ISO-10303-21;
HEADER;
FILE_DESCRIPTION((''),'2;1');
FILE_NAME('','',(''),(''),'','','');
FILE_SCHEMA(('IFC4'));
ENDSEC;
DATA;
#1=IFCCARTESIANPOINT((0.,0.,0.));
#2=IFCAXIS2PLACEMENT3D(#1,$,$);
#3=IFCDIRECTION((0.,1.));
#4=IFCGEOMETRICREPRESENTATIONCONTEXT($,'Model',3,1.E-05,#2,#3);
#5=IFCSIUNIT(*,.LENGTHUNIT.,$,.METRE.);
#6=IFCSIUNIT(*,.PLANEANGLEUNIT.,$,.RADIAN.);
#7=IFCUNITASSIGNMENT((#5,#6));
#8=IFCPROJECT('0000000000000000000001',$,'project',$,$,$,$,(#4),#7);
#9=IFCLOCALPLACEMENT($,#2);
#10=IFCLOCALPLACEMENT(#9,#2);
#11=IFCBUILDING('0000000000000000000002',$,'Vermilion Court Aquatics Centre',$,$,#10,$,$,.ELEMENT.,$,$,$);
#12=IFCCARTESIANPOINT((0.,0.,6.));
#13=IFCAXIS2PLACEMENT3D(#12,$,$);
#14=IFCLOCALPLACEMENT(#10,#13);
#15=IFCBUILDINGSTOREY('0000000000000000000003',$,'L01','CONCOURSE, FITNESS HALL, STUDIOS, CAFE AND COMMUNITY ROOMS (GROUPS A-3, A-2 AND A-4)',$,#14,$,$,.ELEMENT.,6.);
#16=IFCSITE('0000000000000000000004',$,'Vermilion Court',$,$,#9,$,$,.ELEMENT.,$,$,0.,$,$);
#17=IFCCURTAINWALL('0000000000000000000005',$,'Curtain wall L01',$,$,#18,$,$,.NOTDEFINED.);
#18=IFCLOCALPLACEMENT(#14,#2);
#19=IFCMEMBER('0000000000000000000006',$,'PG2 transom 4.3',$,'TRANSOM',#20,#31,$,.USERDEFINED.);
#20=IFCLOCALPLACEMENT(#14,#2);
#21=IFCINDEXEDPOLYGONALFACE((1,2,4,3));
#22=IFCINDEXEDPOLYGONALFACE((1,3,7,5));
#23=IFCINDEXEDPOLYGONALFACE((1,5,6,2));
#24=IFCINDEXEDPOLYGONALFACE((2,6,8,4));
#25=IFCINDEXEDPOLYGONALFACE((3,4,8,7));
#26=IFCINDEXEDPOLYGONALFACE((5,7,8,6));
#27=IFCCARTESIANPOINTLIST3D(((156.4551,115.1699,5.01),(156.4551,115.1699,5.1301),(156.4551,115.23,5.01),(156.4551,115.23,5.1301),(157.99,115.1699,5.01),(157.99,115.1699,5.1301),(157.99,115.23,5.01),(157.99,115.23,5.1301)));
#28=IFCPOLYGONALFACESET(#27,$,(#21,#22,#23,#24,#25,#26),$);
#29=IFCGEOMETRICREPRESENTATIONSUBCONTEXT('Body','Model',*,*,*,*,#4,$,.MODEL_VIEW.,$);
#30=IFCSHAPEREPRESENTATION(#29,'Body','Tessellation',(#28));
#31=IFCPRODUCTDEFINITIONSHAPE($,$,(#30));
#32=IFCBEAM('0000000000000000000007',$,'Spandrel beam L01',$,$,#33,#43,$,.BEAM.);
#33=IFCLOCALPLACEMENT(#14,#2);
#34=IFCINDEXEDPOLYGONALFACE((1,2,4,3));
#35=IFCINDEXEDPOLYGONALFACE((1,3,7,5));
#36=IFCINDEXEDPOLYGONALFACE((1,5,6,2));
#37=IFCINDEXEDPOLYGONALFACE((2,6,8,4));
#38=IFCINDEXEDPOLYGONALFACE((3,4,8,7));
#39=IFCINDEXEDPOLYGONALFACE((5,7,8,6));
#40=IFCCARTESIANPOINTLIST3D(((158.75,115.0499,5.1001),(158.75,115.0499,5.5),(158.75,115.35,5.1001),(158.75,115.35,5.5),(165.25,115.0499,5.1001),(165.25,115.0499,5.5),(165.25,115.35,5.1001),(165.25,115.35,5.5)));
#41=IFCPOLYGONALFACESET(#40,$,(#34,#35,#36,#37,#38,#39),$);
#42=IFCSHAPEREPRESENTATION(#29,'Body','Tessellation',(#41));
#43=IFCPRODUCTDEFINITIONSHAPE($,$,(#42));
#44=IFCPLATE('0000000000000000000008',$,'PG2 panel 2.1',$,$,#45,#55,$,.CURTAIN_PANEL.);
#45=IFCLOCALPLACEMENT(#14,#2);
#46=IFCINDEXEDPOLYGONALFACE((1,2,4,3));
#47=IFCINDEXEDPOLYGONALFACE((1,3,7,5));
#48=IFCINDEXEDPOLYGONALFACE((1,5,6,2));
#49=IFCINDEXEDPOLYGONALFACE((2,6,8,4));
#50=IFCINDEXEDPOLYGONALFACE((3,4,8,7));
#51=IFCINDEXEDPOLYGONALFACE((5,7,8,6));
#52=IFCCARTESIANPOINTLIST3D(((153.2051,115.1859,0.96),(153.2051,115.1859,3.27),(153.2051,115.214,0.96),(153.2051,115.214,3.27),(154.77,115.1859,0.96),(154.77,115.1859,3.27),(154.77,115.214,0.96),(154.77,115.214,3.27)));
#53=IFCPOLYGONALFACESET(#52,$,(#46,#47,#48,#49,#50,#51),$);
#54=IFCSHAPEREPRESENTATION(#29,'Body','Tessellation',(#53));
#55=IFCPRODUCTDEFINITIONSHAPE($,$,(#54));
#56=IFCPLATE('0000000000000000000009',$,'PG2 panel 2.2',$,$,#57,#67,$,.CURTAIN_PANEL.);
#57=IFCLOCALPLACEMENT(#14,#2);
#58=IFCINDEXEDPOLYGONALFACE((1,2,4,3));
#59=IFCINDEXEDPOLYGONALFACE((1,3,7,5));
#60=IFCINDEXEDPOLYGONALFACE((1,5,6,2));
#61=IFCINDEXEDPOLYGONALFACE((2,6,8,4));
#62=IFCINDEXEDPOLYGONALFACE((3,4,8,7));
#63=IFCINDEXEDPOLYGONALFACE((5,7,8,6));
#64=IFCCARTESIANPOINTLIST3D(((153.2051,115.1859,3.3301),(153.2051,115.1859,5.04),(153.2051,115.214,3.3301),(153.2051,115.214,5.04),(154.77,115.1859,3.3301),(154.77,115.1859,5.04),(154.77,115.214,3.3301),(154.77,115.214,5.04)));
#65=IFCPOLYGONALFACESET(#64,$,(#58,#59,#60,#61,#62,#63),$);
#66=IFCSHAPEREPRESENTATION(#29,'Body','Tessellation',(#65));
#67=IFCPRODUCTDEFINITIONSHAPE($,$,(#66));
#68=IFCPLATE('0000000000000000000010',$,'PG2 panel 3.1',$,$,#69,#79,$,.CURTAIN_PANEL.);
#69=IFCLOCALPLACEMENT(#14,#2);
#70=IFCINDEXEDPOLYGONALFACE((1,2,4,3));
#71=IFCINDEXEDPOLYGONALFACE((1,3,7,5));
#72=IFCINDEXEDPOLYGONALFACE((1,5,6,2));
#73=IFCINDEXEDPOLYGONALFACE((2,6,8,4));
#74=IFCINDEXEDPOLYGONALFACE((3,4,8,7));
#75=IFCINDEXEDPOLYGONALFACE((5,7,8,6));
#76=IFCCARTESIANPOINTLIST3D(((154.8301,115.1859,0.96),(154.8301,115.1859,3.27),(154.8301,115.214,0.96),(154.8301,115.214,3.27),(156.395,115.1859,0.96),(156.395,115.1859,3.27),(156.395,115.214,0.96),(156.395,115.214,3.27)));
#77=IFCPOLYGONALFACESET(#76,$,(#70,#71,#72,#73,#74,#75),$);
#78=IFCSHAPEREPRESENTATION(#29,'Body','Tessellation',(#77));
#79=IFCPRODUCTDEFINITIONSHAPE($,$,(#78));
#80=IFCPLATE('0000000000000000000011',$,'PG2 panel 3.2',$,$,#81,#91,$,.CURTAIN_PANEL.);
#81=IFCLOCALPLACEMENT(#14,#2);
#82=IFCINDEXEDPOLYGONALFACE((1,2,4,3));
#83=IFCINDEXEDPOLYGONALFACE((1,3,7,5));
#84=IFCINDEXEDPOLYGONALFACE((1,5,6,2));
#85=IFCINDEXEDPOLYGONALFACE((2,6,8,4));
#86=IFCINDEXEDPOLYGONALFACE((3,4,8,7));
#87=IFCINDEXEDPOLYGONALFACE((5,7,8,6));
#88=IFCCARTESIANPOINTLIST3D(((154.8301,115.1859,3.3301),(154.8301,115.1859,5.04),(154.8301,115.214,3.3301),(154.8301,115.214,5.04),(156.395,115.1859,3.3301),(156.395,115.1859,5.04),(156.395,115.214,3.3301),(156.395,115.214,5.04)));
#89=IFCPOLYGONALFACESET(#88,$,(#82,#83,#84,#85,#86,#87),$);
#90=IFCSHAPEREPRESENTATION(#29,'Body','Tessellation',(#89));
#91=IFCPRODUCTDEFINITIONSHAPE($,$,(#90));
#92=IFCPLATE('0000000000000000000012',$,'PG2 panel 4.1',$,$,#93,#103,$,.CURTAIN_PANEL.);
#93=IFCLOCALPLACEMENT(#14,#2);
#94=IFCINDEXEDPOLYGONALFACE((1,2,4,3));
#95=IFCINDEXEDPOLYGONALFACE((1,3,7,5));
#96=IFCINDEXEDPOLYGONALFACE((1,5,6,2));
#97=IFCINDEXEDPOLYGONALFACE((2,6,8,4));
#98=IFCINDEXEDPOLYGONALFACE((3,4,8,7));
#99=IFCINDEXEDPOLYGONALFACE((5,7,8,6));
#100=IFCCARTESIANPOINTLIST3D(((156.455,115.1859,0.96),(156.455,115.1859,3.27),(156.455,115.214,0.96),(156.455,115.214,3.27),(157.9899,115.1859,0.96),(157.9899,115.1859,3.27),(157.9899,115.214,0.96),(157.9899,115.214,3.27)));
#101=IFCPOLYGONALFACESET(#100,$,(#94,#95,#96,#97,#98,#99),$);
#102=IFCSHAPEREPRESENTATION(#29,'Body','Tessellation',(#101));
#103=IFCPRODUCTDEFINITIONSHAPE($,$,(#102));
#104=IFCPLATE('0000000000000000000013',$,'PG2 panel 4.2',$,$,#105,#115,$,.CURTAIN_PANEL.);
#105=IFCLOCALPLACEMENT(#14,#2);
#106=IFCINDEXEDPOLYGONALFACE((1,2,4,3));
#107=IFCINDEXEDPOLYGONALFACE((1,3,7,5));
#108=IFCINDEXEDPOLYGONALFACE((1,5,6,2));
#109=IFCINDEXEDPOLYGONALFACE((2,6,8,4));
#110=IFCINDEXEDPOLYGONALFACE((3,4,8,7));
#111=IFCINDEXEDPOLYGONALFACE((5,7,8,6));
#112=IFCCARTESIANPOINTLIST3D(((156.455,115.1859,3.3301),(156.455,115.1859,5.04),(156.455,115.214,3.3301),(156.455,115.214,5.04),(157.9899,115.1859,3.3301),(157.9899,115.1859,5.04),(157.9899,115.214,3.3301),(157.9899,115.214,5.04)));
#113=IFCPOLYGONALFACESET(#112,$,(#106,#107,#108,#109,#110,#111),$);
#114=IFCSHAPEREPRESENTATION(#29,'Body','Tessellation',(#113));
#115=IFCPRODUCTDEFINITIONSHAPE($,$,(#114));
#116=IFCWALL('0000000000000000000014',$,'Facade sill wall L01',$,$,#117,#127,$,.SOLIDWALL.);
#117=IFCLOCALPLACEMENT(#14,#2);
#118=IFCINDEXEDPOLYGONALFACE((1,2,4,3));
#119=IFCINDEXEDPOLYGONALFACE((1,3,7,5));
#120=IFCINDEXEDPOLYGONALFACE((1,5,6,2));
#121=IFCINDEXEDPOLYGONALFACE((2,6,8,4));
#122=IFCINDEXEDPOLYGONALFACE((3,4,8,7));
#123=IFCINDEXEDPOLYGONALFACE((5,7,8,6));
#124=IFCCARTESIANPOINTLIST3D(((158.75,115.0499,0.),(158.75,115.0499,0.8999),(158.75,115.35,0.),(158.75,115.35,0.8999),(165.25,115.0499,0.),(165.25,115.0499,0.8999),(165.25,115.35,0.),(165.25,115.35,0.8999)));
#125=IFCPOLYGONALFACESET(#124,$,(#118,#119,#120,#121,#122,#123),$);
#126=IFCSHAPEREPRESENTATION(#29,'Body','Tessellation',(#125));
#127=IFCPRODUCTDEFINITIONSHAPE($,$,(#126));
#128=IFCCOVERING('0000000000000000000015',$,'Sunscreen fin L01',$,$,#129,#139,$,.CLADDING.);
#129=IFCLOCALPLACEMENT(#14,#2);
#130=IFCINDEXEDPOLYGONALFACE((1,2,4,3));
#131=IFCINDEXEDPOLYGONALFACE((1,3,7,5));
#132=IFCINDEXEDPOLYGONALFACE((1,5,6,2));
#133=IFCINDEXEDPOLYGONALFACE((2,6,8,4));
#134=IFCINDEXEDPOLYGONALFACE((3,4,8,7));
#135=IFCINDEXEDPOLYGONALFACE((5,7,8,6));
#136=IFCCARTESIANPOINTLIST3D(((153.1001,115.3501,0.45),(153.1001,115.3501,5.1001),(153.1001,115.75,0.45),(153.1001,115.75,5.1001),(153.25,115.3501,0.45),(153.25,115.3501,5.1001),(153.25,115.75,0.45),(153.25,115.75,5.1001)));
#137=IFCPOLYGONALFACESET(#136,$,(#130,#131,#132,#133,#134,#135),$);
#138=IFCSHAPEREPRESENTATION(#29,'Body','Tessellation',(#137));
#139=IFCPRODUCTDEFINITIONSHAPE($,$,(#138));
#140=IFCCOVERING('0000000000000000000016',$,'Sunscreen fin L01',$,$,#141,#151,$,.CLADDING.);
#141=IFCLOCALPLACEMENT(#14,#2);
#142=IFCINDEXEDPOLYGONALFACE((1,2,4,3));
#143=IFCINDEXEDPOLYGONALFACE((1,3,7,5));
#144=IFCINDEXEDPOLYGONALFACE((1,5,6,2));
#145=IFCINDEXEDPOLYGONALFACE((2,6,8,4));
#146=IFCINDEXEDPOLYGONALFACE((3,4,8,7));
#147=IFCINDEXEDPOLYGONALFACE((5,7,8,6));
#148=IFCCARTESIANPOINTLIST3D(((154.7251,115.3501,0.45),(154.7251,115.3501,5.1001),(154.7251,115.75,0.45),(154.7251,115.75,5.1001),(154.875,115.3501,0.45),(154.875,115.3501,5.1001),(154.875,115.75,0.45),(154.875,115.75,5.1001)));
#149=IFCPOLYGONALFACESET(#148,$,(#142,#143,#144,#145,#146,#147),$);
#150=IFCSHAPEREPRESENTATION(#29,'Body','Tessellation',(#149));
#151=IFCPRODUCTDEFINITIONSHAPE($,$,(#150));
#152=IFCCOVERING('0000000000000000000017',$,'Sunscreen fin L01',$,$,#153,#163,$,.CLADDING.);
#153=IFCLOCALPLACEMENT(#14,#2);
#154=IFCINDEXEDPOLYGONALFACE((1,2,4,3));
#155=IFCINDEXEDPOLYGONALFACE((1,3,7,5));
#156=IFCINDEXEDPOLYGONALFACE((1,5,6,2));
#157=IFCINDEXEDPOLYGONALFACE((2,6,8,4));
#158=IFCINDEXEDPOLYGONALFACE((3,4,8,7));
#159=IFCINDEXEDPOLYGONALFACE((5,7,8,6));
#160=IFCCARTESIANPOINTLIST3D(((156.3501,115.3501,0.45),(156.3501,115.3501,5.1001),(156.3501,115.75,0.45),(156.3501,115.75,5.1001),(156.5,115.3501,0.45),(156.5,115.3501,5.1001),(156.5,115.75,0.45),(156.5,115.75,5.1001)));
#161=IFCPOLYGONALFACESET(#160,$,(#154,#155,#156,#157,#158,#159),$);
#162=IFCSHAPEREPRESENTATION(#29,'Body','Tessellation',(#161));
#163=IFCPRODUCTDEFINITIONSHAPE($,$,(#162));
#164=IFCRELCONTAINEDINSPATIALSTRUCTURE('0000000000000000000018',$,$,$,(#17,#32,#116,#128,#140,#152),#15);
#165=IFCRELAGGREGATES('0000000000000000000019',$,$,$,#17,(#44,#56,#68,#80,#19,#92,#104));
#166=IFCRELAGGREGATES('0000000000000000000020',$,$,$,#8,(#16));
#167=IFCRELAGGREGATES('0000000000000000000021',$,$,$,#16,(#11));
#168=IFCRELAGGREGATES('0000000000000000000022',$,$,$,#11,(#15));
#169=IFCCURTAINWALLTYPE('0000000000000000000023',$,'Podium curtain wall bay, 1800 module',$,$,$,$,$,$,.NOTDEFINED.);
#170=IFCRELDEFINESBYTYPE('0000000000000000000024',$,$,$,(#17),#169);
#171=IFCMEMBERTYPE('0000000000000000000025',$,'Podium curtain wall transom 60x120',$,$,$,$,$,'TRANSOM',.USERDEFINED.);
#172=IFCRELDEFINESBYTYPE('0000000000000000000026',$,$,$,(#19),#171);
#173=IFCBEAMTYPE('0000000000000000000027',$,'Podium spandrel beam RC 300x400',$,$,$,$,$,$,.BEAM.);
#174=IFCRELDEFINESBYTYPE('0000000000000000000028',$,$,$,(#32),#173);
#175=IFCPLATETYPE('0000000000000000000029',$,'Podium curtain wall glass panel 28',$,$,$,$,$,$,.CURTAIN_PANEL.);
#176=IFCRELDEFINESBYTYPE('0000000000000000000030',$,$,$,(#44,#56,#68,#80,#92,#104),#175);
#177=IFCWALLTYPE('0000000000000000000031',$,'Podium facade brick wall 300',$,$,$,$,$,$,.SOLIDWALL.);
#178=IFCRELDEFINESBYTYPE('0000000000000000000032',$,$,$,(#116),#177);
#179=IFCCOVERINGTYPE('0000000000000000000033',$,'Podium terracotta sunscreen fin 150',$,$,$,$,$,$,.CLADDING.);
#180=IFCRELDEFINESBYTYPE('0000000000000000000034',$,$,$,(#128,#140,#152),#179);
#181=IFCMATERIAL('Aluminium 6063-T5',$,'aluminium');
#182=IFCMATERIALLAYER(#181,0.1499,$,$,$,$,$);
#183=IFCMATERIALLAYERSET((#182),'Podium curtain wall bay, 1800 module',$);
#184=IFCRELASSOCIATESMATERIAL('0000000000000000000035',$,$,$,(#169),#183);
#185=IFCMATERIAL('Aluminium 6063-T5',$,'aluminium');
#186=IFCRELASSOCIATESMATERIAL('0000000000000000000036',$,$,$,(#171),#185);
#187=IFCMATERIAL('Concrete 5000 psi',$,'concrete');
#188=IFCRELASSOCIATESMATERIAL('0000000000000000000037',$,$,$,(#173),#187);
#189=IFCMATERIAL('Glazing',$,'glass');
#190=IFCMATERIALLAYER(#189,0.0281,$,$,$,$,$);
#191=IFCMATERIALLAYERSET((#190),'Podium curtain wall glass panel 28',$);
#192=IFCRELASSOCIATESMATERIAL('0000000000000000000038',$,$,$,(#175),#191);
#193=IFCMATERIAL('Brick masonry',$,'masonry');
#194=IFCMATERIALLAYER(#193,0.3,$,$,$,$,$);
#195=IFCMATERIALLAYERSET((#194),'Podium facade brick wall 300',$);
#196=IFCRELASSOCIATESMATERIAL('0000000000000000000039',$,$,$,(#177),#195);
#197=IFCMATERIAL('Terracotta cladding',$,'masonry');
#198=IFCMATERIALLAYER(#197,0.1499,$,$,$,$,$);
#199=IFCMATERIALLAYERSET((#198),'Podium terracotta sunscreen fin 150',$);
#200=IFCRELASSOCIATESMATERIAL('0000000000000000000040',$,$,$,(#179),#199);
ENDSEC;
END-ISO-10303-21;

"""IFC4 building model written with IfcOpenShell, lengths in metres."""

from ifc_helpers import new_model, si_unit, direction, frame, frame_2d, origin, origin_2d, place, context, subcontext, project, spatial, rectangle, extrude, material, layer, layer_set, material_profile, profile_set, type_object, element, aggregate, save


model = new_model("IFC4")

# Units and contexts
model_context = context("Model", 3, precision=1e-05, world=origin(), true_north=direction((0.0, 1.0)))
body_context = subcontext(model_context, "Body", "Model", "MODEL_VIEW")
ifc_project = project(units=[si_unit("LENGTHUNIT", "METRE"), si_unit("PLANEANGLEUNIT", "RADIAN")], contexts=[model_context])

# Site, building, storey
site_placement = place(None, origin())
site = spatial("IfcSite", under=ifc_project, at=site_placement, Name="Vermilion Court", CompositionType="ELEMENT", RefElevation=0.0)
building_placement = place(site_placement, origin())
building = spatial("IfcBuilding", under=site, at=building_placement, Name="Vermilion Court Aquatics Centre", CompositionType="ELEMENT")
storey_placement = place(building_placement, frame((0.0, 0.0, 6.0)))
storey = spatial("IfcBuildingStorey", under=building, at=storey_placement, Name="L01", Description="CONCOURSE, FITNESS HALL, STUDIOS, CAFE AND COMMUNITY ROOMS (GROUPS A-3, A-2 AND A-4)", CompositionType="ELEMENT", Elevation=6.0)

# Curtain wall
ifc_material_1 = material(Name="Aluminium 6063-T5", Category="aluminium")
ifc_layer_1 = layer(ifc_material_1, 0.1499)
ifc_layer_set_1 = layer_set([ifc_layer_1], Name="Podium curtain wall bay, 1800 module")
curtain_wall_type = type_object("IfcCurtainWallType", Name="Podium curtain wall bay, 1800 module", PredefinedType="NOTDEFINED", material=ifc_layer_set_1)
curtain_wall_1_placement = place(storey_placement, origin())
curtain_wall_1 = element("IfcCurtainWall", 1, at=curtain_wall_1_placement, inside=storey, type_object=curtain_wall_type, Name="Curtain wall L01", PredefinedType="NOTDEFINED")

# Member
ifc_material_2 = material(Name="Aluminium 6063-T5", Category="aluminium")
ifc_material_profile_1 = material_profile(ifc_material_2, rectangle(XDim=0.0601, YDim=0.1201, at=origin_2d()), Name="Transom 60x120")
ifc_profile_set_1 = profile_set([ifc_material_profile_1], Name="Aluminium 6063-T5")
member_type_1 = type_object("IfcMemberType", Name="Podium curtain wall transom 60x120", ElementType="TRANSOM", PredefinedType="USERDEFINED", material=ifc_profile_set_1)
member_1_placement = place(storey_placement, frame((156.4551, 115.2, 5.0701), z_axis=(1.0, 0.0, 0.0), x_axis=(0.0, 1.0, 0.0)))
member_1 = element("IfcMember", 2, at=member_1_placement, type_object=member_type_1, Name="PG2 transom 4.3", ObjectType="TRANSOM", PredefinedType="USERDEFINED", context=body_context, shape_type="SweptSolid", body=[
    extrude(rectangle(XDim=0.0601, YDim=0.1201, at=origin_2d()), origin(), (0.0, 0.0, 1.0), 1.5349),
])

# Beam
ifc_material_3 = material(Name="Concrete 5000 psi", Category="concrete")
ifc_material_profile_2 = material_profile(ifc_material_3, rectangle(XDim=0.3, YDim=0.3999, at=origin_2d()), Name="RC 300x400")
ifc_profile_set_2 = profile_set([ifc_material_profile_2], Name="Concrete 5000 psi")
beam_type = type_object("IfcBeamType", Name="Podium spandrel beam RC 300x400", PredefinedType="BEAM", material=ifc_profile_set_2)
beam_placement = place(storey_placement, frame((158.75, 115.2, 5.3), z_axis=(1.0, 0.0, 0.0), x_axis=(0.0, 1.0, 0.0)))
element("IfcBeam", 3, at=beam_placement, inside=storey, type_object=beam_type, Name="Spandrel beam L01", PredefinedType="BEAM", context=body_context, shape_type="SweptSolid", body=[
    extrude(rectangle(XDim=0.3, YDim=0.3999, at=origin_2d()), origin(), (0.0, 0.0, 1.0), 6.5),
])

# Plates
ifc_material_4 = material(Name="Glazing", Category="glass")
ifc_layer_2 = layer(ifc_material_4, 0.0281)
ifc_layer_set_2 = layer_set([ifc_layer_2], Name="Podium curtain wall glass panel 28")
plate_type = type_object("IfcPlateType", Name="Podium curtain wall glass panel 28", PredefinedType="CURTAIN_PANEL", material=ifc_layer_set_2)
plate_1_placement = place(storey_placement, frame((153.9875, 115.2, 0.96), z_axis=(0.0, 0.0, 1.0), x_axis=(1.0, 0.0, 0.0)))
plate_1 = element("IfcPlate", 4, at=plate_1_placement, type_object=plate_type, Name="PG2 panel 2.1", PredefinedType="CURTAIN_PANEL", context=body_context, shape_type="SweptSolid", body=[
    extrude(rectangle(XDim=1.5649, YDim=0.0281, at=origin_2d()), origin(), (0.0, 0.0, 1.0), 2.3101),
])
plate_2_placement = place(storey_placement, frame((153.9875, 115.2, 3.3301), z_axis=(0.0, 0.0, 1.0), x_axis=(1.0, 0.0, 0.0)))
plate_2 = element("IfcPlate", 5, at=plate_2_placement, type_object=plate_type, Name="PG2 panel 2.2", PredefinedType="CURTAIN_PANEL", context=body_context, shape_type="SweptSolid", body=[
    extrude(rectangle(XDim=1.5649, YDim=0.0281, at=origin_2d()), origin(), (0.0, 0.0, 1.0), 1.71),
])
plate_3_placement = place(storey_placement, frame((155.6125, 115.2, 0.96), z_axis=(0.0, 0.0, 1.0), x_axis=(1.0, 0.0, 0.0)))
plate_3 = element("IfcPlate", 6, at=plate_3_placement, type_object=plate_type, Name="PG2 panel 3.1", PredefinedType="CURTAIN_PANEL", context=body_context, shape_type="SweptSolid", body=[
    extrude(rectangle(XDim=1.5649, YDim=0.0281, at=origin_2d()), origin(), (0.0, 0.0, 1.0), 2.3101),
])
plate_4_placement = place(storey_placement, frame((155.6125, 115.2, 3.3301), z_axis=(0.0, 0.0, 1.0), x_axis=(1.0, 0.0, 0.0)))
plate_4 = element("IfcPlate", 7, at=plate_4_placement, type_object=plate_type, Name="PG2 panel 3.2", PredefinedType="CURTAIN_PANEL", context=body_context, shape_type="SweptSolid", body=[
    extrude(rectangle(XDim=1.5649, YDim=0.0281, at=origin_2d()), origin(), (0.0, 0.0, 1.0), 1.71),
])
plate_5_placement = place(storey_placement, frame((157.2224, 115.2, 0.96), z_axis=(0.0, 0.0, 1.0), x_axis=(1.0, 0.0, 0.0)))
plate_5 = element("IfcPlate", 8, at=plate_5_placement, type_object=plate_type, Name="PG2 panel 4.1", PredefinedType="CURTAIN_PANEL", context=body_context, shape_type="SweptSolid", body=[
    extrude(rectangle(XDim=1.5349, YDim=0.0281, at=origin_2d()), origin(), (0.0, 0.0, 1.0), 2.3101),
])
plate_6_placement = place(storey_placement, frame((157.2224, 115.2, 3.3301), z_axis=(0.0, 0.0, 1.0), x_axis=(1.0, 0.0, 0.0)))
plate_6 = element("IfcPlate", 9, at=plate_6_placement, type_object=plate_type, Name="PG2 panel 4.2", PredefinedType="CURTAIN_PANEL", context=body_context, shape_type="SweptSolid", body=[
    extrude(rectangle(XDim=1.5349, YDim=0.0281, at=origin_2d()), origin(), (0.0, 0.0, 1.0), 1.71),
])
aggregate(curtain_wall_1, [plate_1, plate_2, plate_3, plate_4, member_1, plate_5, plate_6])

# Wall
ifc_material_5 = material(Name="Brick masonry", Category="masonry")
ifc_layer_3 = layer(ifc_material_5, 0.3)
ifc_layer_set_3 = layer_set([ifc_layer_3], Name="Podium facade brick wall 300")
wall_type = type_object("IfcWallType", Name="Podium facade brick wall 300", PredefinedType="SOLIDWALL", material=ifc_layer_set_3)
wall_placement = place(storey_placement, frame((158.75, 115.2, 0.0), z_axis=(0.0, 0.0, 1.0), x_axis=(1.0, 0.0, 0.0)))
element("IfcWall", 10, at=wall_placement, inside=storey, type_object=wall_type, Name="Facade sill wall L01", PredefinedType="SOLIDWALL", context=body_context, shape_type="SweptSolid", body=[
    extrude(rectangle(XDim=6.5, YDim=0.3, at=frame_2d((3.25, 0.0))), origin(), (0.0, 0.0, 1.0), 0.8999),
])

# Coverings
ifc_material_6 = material(Name="Terracotta cladding", Category="masonry")
ifc_layer_4 = layer(ifc_material_6, 0.1499)
ifc_layer_set_4 = layer_set([ifc_layer_4], Name="Podium terracotta sunscreen fin 150")
covering_type = type_object("IfcCoveringType", Name="Podium terracotta sunscreen fin 150", PredefinedType="CLADDING", material=ifc_layer_set_4)
for number, where, z_axis, x_axis, name in (
    (11, (153.175, 115.3501, 0.45), (0.0, 0.0, 1.0), (0.0, 1.0, 0.0), "Sunscreen fin L01"),
    (12, (154.8, 115.3501, 0.45), (0.0, 0.0, 1.0), (0.0, 1.0, 0.0), "Sunscreen fin L01"),
    (13, (156.425, 115.3501, 0.45), (0.0, 0.0, 1.0), (0.0, 1.0, 0.0), "Sunscreen fin L01"),
):
    element("IfcCovering", number, at=place(storey_placement, frame(where, z_axis=z_axis, x_axis=x_axis)), inside=storey, type_object=covering_type, Name=name, PredefinedType="CLADDING", context=body_context, shape_type="SweptSolid", body=[
        extrude(rectangle(XDim=0.3999, YDim=0.1499, at=frame_2d((0.2, 0.0))), origin(), (0.0, 0.0, 1.0), 4.6501),
    ])

save(model, "model.ifc")
